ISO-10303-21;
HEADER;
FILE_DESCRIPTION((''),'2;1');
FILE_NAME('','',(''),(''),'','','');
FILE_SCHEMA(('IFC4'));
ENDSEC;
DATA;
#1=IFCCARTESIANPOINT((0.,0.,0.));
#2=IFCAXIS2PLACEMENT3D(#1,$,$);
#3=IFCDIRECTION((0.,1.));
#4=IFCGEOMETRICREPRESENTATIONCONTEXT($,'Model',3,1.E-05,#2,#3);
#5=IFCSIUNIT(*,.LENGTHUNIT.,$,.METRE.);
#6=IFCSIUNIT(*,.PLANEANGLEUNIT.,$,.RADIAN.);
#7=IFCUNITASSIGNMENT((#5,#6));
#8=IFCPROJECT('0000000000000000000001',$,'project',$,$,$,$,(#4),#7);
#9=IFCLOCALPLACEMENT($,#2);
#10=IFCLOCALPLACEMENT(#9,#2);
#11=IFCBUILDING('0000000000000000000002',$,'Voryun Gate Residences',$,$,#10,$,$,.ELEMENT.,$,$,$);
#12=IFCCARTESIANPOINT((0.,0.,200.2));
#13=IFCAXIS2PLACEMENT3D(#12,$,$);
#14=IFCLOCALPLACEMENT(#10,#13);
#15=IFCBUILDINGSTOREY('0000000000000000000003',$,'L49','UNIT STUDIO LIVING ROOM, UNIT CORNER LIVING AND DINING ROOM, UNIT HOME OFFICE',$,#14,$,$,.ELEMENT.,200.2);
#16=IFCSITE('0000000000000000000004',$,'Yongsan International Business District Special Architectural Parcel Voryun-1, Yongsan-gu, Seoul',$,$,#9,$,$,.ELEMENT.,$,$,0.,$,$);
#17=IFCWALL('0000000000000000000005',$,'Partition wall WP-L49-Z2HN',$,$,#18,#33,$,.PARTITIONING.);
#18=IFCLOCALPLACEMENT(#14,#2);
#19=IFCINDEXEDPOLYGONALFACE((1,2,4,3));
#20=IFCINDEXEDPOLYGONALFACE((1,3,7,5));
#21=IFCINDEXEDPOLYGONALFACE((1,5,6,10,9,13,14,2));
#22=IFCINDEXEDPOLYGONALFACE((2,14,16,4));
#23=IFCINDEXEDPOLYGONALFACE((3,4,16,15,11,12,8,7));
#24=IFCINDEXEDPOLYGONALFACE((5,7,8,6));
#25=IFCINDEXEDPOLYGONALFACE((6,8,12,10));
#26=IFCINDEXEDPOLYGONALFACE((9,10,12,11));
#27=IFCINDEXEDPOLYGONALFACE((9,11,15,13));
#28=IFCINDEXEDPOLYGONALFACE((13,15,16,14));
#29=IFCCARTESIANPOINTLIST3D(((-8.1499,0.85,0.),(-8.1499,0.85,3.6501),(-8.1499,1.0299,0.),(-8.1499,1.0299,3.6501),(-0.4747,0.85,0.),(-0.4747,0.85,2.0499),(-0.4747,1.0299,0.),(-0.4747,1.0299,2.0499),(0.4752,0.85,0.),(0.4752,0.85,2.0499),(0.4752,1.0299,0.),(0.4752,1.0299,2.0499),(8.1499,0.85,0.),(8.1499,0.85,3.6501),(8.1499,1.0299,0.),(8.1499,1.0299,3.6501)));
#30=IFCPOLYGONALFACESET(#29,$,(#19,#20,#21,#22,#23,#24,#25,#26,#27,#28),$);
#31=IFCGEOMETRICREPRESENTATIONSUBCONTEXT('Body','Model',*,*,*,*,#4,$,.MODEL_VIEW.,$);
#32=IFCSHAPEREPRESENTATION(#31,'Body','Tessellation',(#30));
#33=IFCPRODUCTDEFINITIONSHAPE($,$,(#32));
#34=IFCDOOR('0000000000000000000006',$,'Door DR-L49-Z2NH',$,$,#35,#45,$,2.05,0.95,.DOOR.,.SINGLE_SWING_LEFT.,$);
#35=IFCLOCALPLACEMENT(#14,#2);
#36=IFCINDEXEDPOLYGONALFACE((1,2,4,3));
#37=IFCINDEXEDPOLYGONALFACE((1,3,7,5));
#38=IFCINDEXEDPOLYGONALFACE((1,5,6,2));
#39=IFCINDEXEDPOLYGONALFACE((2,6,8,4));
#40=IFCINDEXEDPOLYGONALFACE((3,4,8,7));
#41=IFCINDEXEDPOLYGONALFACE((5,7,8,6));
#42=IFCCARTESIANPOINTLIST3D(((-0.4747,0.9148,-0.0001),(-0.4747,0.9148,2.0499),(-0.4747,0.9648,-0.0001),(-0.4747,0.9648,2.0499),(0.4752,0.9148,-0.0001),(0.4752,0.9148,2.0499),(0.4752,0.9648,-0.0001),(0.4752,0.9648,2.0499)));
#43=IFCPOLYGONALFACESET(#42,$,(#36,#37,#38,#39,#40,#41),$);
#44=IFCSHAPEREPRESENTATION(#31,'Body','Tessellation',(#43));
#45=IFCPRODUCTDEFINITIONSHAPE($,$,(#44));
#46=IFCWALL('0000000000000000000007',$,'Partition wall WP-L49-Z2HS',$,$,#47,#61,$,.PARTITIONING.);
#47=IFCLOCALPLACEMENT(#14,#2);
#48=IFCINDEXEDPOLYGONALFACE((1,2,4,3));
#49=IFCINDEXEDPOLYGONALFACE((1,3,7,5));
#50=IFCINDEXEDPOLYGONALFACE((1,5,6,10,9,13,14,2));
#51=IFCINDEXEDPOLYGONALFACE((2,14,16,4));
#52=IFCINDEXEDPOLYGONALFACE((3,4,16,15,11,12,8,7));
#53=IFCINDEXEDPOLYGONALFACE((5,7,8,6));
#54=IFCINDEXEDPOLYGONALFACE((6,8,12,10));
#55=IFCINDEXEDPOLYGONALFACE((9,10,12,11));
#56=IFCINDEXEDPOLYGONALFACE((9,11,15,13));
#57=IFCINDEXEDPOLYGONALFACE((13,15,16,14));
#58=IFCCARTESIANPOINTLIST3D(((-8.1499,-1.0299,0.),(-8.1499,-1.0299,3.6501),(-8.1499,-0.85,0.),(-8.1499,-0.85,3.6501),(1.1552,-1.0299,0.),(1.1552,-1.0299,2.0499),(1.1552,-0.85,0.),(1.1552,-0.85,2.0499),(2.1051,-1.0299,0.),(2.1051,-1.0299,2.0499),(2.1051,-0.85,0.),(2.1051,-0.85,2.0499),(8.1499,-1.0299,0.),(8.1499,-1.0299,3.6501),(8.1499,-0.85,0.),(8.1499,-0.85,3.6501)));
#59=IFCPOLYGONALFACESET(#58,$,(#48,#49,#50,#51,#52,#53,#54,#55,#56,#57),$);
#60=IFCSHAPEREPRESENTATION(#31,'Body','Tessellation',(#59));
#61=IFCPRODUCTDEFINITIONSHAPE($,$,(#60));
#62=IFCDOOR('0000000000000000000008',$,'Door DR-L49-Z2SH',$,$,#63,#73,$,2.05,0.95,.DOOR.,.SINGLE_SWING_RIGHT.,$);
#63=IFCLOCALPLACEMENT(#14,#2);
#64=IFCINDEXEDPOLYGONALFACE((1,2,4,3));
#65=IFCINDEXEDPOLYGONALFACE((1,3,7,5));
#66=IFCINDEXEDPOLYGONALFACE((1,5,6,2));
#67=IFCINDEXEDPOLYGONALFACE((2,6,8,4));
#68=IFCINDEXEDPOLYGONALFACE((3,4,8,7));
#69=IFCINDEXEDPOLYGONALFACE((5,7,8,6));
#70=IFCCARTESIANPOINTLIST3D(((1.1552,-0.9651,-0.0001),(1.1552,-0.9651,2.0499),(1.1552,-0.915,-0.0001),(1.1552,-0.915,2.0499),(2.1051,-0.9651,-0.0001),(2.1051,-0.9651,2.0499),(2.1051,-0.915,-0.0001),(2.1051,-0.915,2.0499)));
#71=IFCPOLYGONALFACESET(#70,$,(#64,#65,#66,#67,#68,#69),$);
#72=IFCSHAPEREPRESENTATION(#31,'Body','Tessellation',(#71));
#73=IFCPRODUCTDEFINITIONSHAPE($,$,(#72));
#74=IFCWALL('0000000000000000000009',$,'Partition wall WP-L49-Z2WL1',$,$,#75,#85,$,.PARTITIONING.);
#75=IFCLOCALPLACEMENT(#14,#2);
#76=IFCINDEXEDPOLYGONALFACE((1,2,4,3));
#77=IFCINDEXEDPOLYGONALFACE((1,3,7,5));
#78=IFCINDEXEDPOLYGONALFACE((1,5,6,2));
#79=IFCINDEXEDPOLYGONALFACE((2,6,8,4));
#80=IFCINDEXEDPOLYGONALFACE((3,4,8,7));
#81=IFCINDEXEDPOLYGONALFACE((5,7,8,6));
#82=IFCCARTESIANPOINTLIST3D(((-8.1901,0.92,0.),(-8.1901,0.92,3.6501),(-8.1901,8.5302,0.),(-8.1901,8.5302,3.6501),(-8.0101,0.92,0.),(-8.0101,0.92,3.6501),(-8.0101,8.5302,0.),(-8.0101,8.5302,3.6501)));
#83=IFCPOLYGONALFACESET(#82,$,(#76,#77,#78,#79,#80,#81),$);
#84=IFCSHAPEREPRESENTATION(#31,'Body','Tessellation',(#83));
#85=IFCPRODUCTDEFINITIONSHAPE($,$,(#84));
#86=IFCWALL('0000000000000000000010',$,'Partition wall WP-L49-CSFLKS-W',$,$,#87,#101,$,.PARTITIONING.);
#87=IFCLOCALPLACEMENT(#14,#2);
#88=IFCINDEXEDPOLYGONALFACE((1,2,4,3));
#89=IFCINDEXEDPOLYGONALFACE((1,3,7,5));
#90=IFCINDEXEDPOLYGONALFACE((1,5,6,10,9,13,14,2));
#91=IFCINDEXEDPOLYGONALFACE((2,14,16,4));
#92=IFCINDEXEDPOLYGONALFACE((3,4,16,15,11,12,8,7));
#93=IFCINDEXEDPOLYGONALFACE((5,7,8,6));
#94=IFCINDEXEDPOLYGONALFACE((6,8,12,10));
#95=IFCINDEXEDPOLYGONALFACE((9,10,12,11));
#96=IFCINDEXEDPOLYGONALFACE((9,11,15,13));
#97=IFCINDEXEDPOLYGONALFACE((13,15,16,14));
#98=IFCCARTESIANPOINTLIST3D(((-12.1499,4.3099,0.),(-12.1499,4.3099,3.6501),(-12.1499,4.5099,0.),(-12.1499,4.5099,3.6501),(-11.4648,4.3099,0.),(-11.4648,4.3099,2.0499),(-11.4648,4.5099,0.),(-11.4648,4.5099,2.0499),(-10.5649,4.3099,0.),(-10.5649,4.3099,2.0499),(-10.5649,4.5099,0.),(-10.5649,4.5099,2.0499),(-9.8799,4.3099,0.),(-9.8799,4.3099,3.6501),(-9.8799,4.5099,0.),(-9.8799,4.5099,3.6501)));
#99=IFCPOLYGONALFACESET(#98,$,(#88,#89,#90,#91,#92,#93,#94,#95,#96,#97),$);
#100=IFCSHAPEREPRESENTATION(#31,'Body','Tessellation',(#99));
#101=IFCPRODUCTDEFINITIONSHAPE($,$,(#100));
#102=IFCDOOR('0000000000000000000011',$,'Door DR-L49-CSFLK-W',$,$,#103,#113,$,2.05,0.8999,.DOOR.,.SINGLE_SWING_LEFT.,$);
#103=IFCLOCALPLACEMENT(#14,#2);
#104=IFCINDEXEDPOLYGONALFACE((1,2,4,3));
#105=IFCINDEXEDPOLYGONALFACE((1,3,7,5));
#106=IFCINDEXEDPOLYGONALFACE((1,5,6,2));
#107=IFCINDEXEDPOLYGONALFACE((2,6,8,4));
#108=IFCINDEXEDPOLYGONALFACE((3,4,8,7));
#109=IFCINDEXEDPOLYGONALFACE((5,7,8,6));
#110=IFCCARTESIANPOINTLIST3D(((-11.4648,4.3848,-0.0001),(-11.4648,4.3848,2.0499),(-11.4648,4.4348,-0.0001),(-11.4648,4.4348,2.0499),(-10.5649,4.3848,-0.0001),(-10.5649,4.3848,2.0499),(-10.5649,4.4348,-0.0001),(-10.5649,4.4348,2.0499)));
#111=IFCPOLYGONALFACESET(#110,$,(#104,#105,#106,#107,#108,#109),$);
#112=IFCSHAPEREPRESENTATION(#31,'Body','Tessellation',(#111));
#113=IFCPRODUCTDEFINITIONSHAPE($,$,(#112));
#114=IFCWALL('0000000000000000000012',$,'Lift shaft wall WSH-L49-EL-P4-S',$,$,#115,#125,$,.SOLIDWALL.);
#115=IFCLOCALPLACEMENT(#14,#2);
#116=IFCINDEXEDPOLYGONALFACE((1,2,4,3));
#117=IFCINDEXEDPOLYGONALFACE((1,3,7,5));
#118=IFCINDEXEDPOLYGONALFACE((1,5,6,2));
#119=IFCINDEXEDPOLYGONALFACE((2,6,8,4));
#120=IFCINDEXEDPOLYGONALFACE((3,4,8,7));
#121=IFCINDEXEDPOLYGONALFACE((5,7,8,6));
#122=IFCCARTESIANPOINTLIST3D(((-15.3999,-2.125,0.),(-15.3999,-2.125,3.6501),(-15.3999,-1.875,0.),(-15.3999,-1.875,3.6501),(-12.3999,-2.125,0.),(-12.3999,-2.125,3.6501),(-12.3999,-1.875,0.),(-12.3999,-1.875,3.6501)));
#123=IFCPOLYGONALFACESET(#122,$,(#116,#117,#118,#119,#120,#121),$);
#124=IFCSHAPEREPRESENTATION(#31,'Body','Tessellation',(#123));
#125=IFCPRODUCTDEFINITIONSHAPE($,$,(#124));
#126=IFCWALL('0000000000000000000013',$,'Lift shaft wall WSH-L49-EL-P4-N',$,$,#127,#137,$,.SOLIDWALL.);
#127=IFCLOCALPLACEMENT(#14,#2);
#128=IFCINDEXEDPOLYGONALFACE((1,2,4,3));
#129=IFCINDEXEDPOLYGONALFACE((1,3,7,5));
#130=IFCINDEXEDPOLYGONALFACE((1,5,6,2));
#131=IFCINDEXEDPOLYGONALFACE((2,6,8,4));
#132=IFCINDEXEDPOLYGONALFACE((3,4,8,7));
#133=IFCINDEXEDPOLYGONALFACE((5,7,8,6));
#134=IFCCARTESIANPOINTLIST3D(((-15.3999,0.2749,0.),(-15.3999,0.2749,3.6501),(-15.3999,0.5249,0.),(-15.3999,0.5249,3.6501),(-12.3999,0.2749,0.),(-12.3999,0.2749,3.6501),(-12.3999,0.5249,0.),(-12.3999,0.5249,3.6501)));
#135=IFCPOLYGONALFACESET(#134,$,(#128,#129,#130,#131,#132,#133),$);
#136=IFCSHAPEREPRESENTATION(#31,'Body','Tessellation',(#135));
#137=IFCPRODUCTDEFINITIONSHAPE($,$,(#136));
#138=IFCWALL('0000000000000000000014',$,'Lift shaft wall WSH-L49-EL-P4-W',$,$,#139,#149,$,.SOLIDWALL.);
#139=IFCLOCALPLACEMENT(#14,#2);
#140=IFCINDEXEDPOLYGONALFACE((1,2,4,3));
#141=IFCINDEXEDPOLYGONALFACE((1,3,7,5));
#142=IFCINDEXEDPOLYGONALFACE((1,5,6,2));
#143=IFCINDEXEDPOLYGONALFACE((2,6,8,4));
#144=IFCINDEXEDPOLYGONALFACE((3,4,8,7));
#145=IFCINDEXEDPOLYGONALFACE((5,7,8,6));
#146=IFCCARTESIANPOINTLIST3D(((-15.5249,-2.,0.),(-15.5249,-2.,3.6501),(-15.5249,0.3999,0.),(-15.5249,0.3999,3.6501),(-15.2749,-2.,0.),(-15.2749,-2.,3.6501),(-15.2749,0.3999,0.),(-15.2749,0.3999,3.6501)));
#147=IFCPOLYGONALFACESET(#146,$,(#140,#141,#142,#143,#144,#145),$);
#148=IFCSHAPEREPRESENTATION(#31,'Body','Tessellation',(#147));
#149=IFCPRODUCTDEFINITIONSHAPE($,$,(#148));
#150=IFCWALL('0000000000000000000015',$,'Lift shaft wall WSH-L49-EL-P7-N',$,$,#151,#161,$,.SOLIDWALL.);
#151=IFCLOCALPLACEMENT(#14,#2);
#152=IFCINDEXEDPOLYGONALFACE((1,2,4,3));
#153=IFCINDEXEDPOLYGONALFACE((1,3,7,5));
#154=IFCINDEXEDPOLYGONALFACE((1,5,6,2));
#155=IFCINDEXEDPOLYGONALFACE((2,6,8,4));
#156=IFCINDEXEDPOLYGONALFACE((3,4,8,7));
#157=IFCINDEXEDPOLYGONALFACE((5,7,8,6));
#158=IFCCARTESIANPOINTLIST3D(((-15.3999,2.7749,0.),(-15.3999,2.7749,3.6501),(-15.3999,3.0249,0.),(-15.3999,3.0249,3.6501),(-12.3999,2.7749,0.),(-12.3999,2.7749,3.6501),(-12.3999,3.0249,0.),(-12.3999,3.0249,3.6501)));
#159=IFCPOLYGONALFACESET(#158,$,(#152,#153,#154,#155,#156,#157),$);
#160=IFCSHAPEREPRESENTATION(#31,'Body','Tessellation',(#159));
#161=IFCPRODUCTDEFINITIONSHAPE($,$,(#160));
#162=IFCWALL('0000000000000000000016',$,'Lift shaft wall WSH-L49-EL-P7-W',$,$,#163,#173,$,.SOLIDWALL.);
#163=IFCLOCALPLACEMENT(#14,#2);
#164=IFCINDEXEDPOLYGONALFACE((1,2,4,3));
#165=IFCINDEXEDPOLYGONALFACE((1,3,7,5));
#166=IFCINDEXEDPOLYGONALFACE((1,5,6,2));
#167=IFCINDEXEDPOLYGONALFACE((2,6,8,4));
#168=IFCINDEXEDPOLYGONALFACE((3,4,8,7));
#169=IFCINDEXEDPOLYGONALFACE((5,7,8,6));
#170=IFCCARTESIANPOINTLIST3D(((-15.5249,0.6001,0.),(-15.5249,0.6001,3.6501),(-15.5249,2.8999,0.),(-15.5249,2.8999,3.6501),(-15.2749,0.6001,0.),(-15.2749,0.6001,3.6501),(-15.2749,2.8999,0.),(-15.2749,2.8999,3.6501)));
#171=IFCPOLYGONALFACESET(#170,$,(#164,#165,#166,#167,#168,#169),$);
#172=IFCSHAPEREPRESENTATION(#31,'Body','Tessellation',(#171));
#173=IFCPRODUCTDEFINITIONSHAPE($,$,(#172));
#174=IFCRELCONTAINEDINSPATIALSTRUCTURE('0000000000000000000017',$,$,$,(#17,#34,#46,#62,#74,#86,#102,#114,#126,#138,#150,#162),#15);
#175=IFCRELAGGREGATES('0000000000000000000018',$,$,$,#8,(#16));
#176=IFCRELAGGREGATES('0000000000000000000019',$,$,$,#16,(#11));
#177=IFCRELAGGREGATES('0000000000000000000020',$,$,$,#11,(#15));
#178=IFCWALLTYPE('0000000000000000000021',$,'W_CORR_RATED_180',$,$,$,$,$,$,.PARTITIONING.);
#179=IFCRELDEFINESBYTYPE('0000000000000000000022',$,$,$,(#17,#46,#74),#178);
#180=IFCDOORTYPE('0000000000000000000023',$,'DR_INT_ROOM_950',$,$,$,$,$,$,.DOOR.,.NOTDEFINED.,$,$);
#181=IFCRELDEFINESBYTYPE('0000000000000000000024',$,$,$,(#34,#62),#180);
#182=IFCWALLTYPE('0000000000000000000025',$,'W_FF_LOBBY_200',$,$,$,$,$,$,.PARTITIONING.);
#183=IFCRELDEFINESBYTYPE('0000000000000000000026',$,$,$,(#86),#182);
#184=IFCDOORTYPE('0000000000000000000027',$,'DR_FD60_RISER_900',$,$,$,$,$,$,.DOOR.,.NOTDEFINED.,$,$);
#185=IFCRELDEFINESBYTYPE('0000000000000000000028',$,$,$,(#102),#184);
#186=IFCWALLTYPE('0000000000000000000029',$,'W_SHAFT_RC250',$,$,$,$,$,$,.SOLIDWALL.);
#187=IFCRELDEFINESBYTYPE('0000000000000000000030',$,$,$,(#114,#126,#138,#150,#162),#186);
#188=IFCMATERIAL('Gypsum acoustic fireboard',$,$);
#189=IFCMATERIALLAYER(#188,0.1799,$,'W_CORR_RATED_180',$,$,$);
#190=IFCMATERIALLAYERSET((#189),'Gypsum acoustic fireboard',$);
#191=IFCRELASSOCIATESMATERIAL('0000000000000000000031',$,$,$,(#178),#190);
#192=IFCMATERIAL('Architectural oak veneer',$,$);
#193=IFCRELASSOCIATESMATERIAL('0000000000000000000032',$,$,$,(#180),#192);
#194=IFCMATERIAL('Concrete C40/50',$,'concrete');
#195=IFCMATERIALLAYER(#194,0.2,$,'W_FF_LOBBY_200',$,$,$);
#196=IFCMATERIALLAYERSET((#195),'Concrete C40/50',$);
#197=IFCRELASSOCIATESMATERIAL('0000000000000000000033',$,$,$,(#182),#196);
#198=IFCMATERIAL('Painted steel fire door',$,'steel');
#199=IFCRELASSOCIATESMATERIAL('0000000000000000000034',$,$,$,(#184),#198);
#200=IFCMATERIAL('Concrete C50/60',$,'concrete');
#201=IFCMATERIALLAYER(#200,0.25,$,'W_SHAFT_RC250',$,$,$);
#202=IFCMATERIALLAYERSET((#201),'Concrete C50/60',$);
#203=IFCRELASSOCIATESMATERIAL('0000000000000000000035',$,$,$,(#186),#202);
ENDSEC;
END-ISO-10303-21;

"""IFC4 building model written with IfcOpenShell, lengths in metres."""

from ifc_helpers import new_model, si_unit, direction, frame, frame_2d, origin, place, context, subcontext, project, spatial, rectangle, extrude, material, layer, layer_set, type_object, element, fill, save


model = new_model("IFC4")

# Units and contexts
model_context = context("Model", 3, precision=1e-05, world=origin(), true_north=direction((0.0, 1.0)))
body_context = subcontext(model_context, "Body", "Model", "MODEL_VIEW")
ifc_project = project(units=[si_unit("LENGTHUNIT", "METRE"), si_unit("PLANEANGLEUNIT", "RADIAN")], contexts=[model_context])

# Site, building, storey
site_placement = place(None, origin())
site = spatial("IfcSite", under=ifc_project, at=site_placement, Name="Yongsan International Business District Special Architectural Parcel Voryun-1, Yongsan-gu, Seoul", CompositionType="ELEMENT", RefElevation=0.0)
building_placement = place(site_placement, origin())
building = spatial("IfcBuilding", under=site, at=building_placement, Name="Voryun Gate Residences", CompositionType="ELEMENT")
storey_placement = place(building_placement, frame((0.0, 0.0, 200.2)))
storey = spatial("IfcBuildingStorey", under=building, at=storey_placement, Name="L49", Description="UNIT STUDIO LIVING ROOM, UNIT CORNER LIVING AND DINING ROOM, UNIT HOME OFFICE", CompositionType="ELEMENT", Elevation=200.2)

# Shared definitions
ifc_material_1 = material(Name="Gypsum acoustic fireboard")
ifc_layer_1 = layer(ifc_material_1, 0.1799, Name="W_CORR_RATED_180")
ifc_layer_set_1 = layer_set([ifc_layer_1], Name="Gypsum acoustic fireboard")
wall_type_1 = type_object("IfcWallType", Name="W_CORR_RATED_180", PredefinedType="PARTITIONING", material=ifc_layer_set_1)

# Walls, openings, doors
wall_1_placement = place(storey_placement, frame((-8.1499, 0.9399, 0.0), z_axis=(0.0, 0.0, 1.0), x_axis=(1.0, 0.0, 0.0)))
wall_1 = element("IfcWall", 1, at=wall_1_placement, inside=storey, type_object=wall_type_1, Name="Partition wall WP-L49-Z2HN", PredefinedType="PARTITIONING", context=body_context, shape_type="SweptSolid", body=[
    extrude(rectangle(XDim=16.2998, YDim=0.1799, at=frame_2d((8.1499, 0.0))), origin(), (0.0, 0.0, 1.0), 3.6501),
])
opening_1_placement = place(wall_1_placement, frame((7.675, 0.0, 0.0)))
opening_1 = element("IfcOpeningElement", 2, at=opening_1_placement, cuts=wall_1, PredefinedType="OPENING", context=body_context, shape_type="SweptSolid", body=[
    extrude(rectangle(XDim=0.95, YDim=2.05, at=frame_2d((0.4751, 1.0249))), frame((0.0, 0.0999, 0.0), z_axis=(0.0, -1.0, 0.0), x_axis=(1.0, 0.0, 0.0)), (0.0, 0.0, 1.0), 0.2),
])
ifc_material_2 = material(Name="Architectural oak veneer")
door_type_1 = type_object("IfcDoorType", Name="DR_INT_ROOM_950", OperationType="NOTDEFINED", PredefinedType="DOOR", material=ifc_material_2)
door_1_placement = place(opening_1_placement, origin())
door_1 = element("IfcDoor", 3, at=door_1_placement, inside=storey, type_object=door_type_1, Name="Door DR-L49-Z2NH", OperationType="SINGLE_SWING_LEFT", OverallHeight=2.05, OverallWidth=0.95, PredefinedType="DOOR", context=body_context, shape_type="SweptSolid", body=[
    extrude(rectangle(XDim=0.95, YDim=2.05, at=frame_2d((0.4751, 1.0249))), frame((0.0, 0.0249, 0.0), z_axis=(0.0, -1.0, 0.0), x_axis=(1.0, 0.0, 0.0)), (0.0, 0.0, 1.0), 0.05),
])
fill(opening_1, door_1)
wall_2_placement = place(storey_placement, frame((-8.1499, -0.9399, 0.0), z_axis=(0.0, 0.0, 1.0), x_axis=(1.0, 0.0, 0.0)))
wall_2 = element("IfcWall", 4, at=wall_2_placement, inside=storey, type_object=wall_type_1, Name="Partition wall WP-L49-Z2HS", PredefinedType="PARTITIONING", context=body_context, shape_type="SweptSolid", body=[
    extrude(rectangle(XDim=16.2998, YDim=0.1799, at=frame_2d((8.1499, 0.0))), origin(), (0.0, 0.0, 1.0), 3.6501),
])
opening_2_placement = place(wall_2_placement, frame((9.3049, 0.0, 0.0)))
opening_2 = element("IfcOpeningElement", 5, at=opening_2_placement, cuts=wall_2, PredefinedType="OPENING", context=body_context, shape_type="SweptSolid", body=[
    extrude(rectangle(XDim=0.95, YDim=2.05, at=frame_2d((0.4751, 1.0249))), frame((0.0, 0.0999, 0.0), z_axis=(0.0, -1.0, 0.0), x_axis=(1.0, 0.0, 0.0)), (0.0, 0.0, 1.0), 0.2),
])
door_2_placement = place(opening_2_placement, origin())
door_2 = element("IfcDoor", 6, at=door_2_placement, inside=storey, type_object=door_type_1, Name="Door DR-L49-Z2SH", OperationType="SINGLE_SWING_RIGHT", OverallHeight=2.05, OverallWidth=0.95, PredefinedType="DOOR", context=body_context, shape_type="SweptSolid", body=[
    extrude(rectangle(XDim=0.95, YDim=2.05, at=frame_2d((0.4751, 1.0249))), frame((0.0, 0.0249, 0.0), z_axis=(0.0, -1.0, 0.0), x_axis=(1.0, 0.0, 0.0)), (0.0, 0.0, 1.0), 0.05),
])
fill(opening_2, door_2)

# Wall
wall_3_placement = place(storey_placement, frame((-8.1001, 0.9199, 0.0), z_axis=(0.0, 0.0, 1.0), x_axis=(0.0, 1.0, 0.0)))
element("IfcWall", 7, at=wall_3_placement, inside=storey, type_object=wall_type_1, Name="Partition wall WP-L49-Z2WL1", PredefinedType="PARTITIONING", context=body_context, shape_type="SweptSolid", body=[
    extrude(rectangle(XDim=7.6101, YDim=0.1799, at=frame_2d((3.8052, 0.0))), origin(), (0.0, 0.0, 1.0), 3.6501),
])

# Wall, opening, door
ifc_material_3 = material(Name="Concrete C40/50", Category="concrete")
ifc_layer_2 = layer(ifc_material_3, 0.2, Name="W_FF_LOBBY_200")
ifc_layer_set_2 = layer_set([ifc_layer_2], Name="Concrete C40/50")
wall_type_2 = type_object("IfcWallType", Name="W_FF_LOBBY_200", PredefinedType="PARTITIONING", material=ifc_layer_set_2)
wall_4_placement = place(storey_placement, frame((-12.1499, 4.4099, 0.0), z_axis=(0.0, 0.0, 1.0), x_axis=(1.0, 0.0, 0.0)))
wall_4 = element("IfcWall", 8, at=wall_4_placement, inside=storey, type_object=wall_type_2, Name="Partition wall WP-L49-CSFLKS-W", PredefinedType="PARTITIONING", context=body_context, shape_type="SweptSolid", body=[
    extrude(rectangle(XDim=2.27, YDim=0.2, at=frame_2d((1.135, 0.0))), origin(), (0.0, 0.0, 1.0), 3.6501),
])
opening_3_placement = place(wall_4_placement, frame((0.6851, 0.0, 0.0)))
opening_3 = element("IfcOpeningElement", 9, at=opening_3_placement, cuts=wall_4, PredefinedType="OPENING", context=body_context, shape_type="SweptSolid", body=[
    extrude(rectangle(XDim=0.8999, YDim=2.05, at=frame_2d((0.45, 1.0249))), frame((0.0, 0.1101, 0.0), z_axis=(0.0, -1.0, 0.0), x_axis=(1.0, 0.0, 0.0)), (0.0, 0.0, 1.0), 0.22),
])
ifc_material_4 = material(Name="Painted steel fire door", Category="steel")
door_type_2 = type_object("IfcDoorType", Name="DR_FD60_RISER_900", OperationType="NOTDEFINED", PredefinedType="DOOR", material=ifc_material_4)
door_3_placement = place(opening_3_placement, origin())
door_3 = element("IfcDoor", 10, at=door_3_placement, inside=storey, type_object=door_type_2, Name="Door DR-L49-CSFLK-W", OperationType="SINGLE_SWING_LEFT", OverallHeight=2.05, OverallWidth=0.8999, PredefinedType="DOOR", context=body_context, shape_type="SweptSolid", body=[
    extrude(rectangle(XDim=0.8999, YDim=2.05, at=frame_2d((0.45, 1.0249))), frame((0.0, 0.0249, 0.0), z_axis=(0.0, -1.0, 0.0), x_axis=(1.0, 0.0, 0.0)), (0.0, 0.0, 1.0), 0.05),
])
fill(opening_3, door_3)

# Walls
ifc_material_5 = material(Name="Concrete C50/60", Category="concrete")
ifc_layer_3 = layer(ifc_material_5, 0.25, Name="W_SHAFT_RC250")
ifc_layer_set_3 = layer_set([ifc_layer_3], Name="Concrete C50/60")
wall_type_3 = type_object("IfcWallType", Name="W_SHAFT_RC250", PredefinedType="SOLIDWALL", material=ifc_layer_set_3)
for number, where, z_axis, x_axis, name in (
    (11, (-15.3999, -2.0, 0.0), (0.0, 0.0, 1.0), (1.0, 0.0, 0.0), "Lift shaft wall WSH-L49-EL-P4-S"),
    (12, (-12.3999, 0.3999, 0.0), (0.0, 0.0, 1.0), (-1.0, 0.0, 0.0), "Lift shaft wall WSH-L49-EL-P4-N"),
):
    element("IfcWall", number, at=place(storey_placement, frame(where, z_axis=z_axis, x_axis=x_axis)), inside=storey, type_object=wall_type_3, Name=name, PredefinedType="SOLIDWALL", context=body_context, shape_type="SweptSolid", body=[
        extrude(rectangle(XDim=3.0, YDim=0.25, at=frame_2d((1.5, 0.0))), origin(), (0.0, 0.0, 1.0), 3.6501),
    ])
wall_5_placement = place(storey_placement, frame((-15.3999, 0.3999, 0.0), z_axis=(0.0, 0.0, 1.0), x_axis=(0.0, -1.0, 0.0)))
element("IfcWall", 13, at=wall_5_placement, inside=storey, type_object=wall_type_3, Name="Lift shaft wall WSH-L49-EL-P4-W", PredefinedType="SOLIDWALL", context=body_context, shape_type="SweptSolid", body=[
    extrude(rectangle(XDim=2.3999, YDim=0.25, at=frame_2d((1.2, 0.0))), origin(), (0.0, 0.0, 1.0), 3.6501),
])
wall_6_placement = place(storey_placement, frame((-12.3999, 2.8999, 0.0), z_axis=(0.0, 0.0, 1.0), x_axis=(-1.0, 0.0, 0.0)))
element("IfcWall", 14, at=wall_6_placement, inside=storey, type_object=wall_type_3, Name="Lift shaft wall WSH-L49-EL-P7-N", PredefinedType="SOLIDWALL", context=body_context, shape_type="SweptSolid", body=[
    extrude(rectangle(XDim=3.0, YDim=0.25, at=frame_2d((1.5, 0.0))), origin(), (0.0, 0.0, 1.0), 3.6501),
])
wall_7_placement = place(storey_placement, frame((-15.3999, 2.8999, 0.0), z_axis=(0.0, 0.0, 1.0), x_axis=(0.0, -1.0, 0.0)))
element("IfcWall", 15, at=wall_7_placement, inside=storey, type_object=wall_type_3, Name="Lift shaft wall WSH-L49-EL-P7-W", PredefinedType="SOLIDWALL", context=body_context, shape_type="SweptSolid", body=[
    extrude(rectangle(XDim=2.2998, YDim=0.25, at=frame_2d((1.1499, 0.0))), origin(), (0.0, 0.0, 1.0), 3.6501),
])

save(model, "model.ifc")
